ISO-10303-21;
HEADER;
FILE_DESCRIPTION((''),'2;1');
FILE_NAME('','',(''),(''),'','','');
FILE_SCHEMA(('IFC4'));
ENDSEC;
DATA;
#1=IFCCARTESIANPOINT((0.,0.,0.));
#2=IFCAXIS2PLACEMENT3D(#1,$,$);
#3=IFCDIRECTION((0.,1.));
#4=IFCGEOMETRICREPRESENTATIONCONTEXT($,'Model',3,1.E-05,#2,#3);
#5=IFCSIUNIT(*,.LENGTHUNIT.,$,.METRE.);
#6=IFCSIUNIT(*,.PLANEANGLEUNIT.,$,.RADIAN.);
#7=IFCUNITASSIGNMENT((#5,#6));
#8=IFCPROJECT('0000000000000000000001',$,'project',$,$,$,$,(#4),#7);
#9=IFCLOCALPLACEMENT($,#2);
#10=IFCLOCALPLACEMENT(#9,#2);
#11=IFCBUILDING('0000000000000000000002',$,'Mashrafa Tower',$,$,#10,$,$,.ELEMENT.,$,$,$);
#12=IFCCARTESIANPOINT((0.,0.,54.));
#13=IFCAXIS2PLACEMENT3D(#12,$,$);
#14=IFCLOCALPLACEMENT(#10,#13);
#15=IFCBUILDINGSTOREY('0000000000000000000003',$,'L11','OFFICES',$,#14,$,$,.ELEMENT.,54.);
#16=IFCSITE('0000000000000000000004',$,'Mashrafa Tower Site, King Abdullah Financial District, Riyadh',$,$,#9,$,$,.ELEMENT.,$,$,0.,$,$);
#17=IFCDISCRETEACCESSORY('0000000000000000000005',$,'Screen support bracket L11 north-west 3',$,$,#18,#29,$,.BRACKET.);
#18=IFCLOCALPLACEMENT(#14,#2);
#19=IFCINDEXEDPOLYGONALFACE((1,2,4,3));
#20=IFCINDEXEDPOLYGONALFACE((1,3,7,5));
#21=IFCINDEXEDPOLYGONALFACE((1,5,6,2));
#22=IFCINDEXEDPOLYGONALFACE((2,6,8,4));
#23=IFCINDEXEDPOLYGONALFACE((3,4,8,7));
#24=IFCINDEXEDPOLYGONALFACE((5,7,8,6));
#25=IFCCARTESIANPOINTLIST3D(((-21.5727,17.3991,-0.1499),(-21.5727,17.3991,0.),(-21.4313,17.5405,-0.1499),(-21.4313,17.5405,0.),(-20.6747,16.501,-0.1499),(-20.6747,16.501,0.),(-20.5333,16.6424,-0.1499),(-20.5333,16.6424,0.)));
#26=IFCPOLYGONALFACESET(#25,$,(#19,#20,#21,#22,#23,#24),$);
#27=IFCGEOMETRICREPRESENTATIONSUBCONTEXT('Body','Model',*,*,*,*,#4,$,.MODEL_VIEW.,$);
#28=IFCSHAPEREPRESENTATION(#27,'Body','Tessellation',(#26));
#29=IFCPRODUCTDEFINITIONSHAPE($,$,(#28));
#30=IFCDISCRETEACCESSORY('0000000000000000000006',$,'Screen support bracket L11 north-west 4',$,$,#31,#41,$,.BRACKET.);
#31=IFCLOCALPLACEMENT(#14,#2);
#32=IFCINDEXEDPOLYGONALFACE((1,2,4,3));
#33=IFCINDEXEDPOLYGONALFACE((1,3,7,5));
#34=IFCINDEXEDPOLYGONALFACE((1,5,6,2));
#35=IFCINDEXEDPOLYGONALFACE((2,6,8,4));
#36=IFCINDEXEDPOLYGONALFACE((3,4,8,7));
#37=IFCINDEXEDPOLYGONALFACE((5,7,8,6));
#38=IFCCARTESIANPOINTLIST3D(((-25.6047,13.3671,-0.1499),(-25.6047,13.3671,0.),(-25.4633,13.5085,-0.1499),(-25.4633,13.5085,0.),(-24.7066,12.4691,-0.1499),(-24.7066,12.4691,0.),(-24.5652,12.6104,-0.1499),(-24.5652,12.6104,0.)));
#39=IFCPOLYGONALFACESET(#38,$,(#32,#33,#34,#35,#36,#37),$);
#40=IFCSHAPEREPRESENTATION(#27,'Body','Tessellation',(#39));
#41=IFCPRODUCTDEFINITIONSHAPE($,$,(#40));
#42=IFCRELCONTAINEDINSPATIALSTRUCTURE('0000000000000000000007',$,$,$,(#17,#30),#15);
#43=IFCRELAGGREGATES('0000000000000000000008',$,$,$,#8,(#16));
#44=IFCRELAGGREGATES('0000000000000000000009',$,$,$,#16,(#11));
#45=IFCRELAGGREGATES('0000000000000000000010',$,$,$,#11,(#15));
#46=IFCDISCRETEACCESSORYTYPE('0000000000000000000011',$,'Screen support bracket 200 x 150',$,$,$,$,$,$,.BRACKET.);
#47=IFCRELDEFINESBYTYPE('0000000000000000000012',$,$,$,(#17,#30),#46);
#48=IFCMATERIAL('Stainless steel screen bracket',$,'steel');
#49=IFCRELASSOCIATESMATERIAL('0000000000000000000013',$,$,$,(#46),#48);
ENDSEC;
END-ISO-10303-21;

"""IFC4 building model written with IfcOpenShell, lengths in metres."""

from ifc_helpers import new_model, si_unit, direction, frame, origin, origin_2d, place, context, subcontext, project, spatial, rectangle, extrude, source, transform, mapped, material, type_object, type_shapes, element, save


model = new_model("IFC4")

# Units and contexts
model_context = context("Model", 3, precision=1e-05, world=origin(), true_north=direction((0.0, 1.0)))
body_context = subcontext(model_context, "Body", "Model", "MODEL_VIEW")
ifc_project = project(units=[si_unit("LENGTHUNIT", "METRE"), si_unit("PLANEANGLEUNIT", "RADIAN")], contexts=[model_context])

# Site, building, storey
site_placement = place(None, origin())
site = spatial("IfcSite", under=ifc_project, at=site_placement, Name="Mashrafa Tower Site, King Abdullah Financial District, Riyadh", CompositionType="ELEMENT", RefElevation=0.0)
building_placement = place(site_placement, origin())
building = spatial("IfcBuilding", under=site, at=building_placement, Name="Mashrafa Tower", CompositionType="ELEMENT")
storey_placement = place(building_placement, frame((0.0, 0.0, 54.0)))
storey = spatial("IfcBuildingStorey", under=building, at=storey_placement, Name="L11", Description="OFFICES", CompositionType="ELEMENT", Elevation=54.0)

# Discrete accessories
ifc_material_1 = material(Name="Stainless steel screen bracket", Category="steel")
discrete_accessory_type = type_object("IfcDiscreteAccessoryType", Name="Screen support bracket 200 x 150", PredefinedType="BRACKET", material=ifc_material_1)
shared_shape_1 = source(origin(), body_context, "Body", "SweptSolid", [
    extrude(rectangle(XDim=0.2, YDim=1.27, at=origin_2d()), origin(), (0.0, 0.0, 1.0), 0.1499),
])
type_shapes(discrete_accessory_type, [shared_shape_1])
for number, where, z_axis, x_axis, name in (
    (1, (-21.053, 17.0208, -0.1499), (0.0, 0.0, 1.0), (-0.707107, -0.707107, 0.0), "Screen support bracket L11 north-west 3"),
    (2, (-25.085, 12.9888, -0.1499), (0.0, 0.0, 1.0), (-0.707107, -0.707107, 0.0), "Screen support bracket L11 north-west 4"),
):
    element("IfcDiscreteAccessory", number, at=place(storey_placement, frame(where, z_axis=z_axis, x_axis=x_axis)), inside=storey, type_object=discrete_accessory_type, Name=name, PredefinedType="BRACKET", context=body_context, shape_type="MappedRepresentation", body=[
        mapped(shared_shape_1, transform((0.0, 0.0, 0.0))),
    ])

save(model, "model.ifc")
